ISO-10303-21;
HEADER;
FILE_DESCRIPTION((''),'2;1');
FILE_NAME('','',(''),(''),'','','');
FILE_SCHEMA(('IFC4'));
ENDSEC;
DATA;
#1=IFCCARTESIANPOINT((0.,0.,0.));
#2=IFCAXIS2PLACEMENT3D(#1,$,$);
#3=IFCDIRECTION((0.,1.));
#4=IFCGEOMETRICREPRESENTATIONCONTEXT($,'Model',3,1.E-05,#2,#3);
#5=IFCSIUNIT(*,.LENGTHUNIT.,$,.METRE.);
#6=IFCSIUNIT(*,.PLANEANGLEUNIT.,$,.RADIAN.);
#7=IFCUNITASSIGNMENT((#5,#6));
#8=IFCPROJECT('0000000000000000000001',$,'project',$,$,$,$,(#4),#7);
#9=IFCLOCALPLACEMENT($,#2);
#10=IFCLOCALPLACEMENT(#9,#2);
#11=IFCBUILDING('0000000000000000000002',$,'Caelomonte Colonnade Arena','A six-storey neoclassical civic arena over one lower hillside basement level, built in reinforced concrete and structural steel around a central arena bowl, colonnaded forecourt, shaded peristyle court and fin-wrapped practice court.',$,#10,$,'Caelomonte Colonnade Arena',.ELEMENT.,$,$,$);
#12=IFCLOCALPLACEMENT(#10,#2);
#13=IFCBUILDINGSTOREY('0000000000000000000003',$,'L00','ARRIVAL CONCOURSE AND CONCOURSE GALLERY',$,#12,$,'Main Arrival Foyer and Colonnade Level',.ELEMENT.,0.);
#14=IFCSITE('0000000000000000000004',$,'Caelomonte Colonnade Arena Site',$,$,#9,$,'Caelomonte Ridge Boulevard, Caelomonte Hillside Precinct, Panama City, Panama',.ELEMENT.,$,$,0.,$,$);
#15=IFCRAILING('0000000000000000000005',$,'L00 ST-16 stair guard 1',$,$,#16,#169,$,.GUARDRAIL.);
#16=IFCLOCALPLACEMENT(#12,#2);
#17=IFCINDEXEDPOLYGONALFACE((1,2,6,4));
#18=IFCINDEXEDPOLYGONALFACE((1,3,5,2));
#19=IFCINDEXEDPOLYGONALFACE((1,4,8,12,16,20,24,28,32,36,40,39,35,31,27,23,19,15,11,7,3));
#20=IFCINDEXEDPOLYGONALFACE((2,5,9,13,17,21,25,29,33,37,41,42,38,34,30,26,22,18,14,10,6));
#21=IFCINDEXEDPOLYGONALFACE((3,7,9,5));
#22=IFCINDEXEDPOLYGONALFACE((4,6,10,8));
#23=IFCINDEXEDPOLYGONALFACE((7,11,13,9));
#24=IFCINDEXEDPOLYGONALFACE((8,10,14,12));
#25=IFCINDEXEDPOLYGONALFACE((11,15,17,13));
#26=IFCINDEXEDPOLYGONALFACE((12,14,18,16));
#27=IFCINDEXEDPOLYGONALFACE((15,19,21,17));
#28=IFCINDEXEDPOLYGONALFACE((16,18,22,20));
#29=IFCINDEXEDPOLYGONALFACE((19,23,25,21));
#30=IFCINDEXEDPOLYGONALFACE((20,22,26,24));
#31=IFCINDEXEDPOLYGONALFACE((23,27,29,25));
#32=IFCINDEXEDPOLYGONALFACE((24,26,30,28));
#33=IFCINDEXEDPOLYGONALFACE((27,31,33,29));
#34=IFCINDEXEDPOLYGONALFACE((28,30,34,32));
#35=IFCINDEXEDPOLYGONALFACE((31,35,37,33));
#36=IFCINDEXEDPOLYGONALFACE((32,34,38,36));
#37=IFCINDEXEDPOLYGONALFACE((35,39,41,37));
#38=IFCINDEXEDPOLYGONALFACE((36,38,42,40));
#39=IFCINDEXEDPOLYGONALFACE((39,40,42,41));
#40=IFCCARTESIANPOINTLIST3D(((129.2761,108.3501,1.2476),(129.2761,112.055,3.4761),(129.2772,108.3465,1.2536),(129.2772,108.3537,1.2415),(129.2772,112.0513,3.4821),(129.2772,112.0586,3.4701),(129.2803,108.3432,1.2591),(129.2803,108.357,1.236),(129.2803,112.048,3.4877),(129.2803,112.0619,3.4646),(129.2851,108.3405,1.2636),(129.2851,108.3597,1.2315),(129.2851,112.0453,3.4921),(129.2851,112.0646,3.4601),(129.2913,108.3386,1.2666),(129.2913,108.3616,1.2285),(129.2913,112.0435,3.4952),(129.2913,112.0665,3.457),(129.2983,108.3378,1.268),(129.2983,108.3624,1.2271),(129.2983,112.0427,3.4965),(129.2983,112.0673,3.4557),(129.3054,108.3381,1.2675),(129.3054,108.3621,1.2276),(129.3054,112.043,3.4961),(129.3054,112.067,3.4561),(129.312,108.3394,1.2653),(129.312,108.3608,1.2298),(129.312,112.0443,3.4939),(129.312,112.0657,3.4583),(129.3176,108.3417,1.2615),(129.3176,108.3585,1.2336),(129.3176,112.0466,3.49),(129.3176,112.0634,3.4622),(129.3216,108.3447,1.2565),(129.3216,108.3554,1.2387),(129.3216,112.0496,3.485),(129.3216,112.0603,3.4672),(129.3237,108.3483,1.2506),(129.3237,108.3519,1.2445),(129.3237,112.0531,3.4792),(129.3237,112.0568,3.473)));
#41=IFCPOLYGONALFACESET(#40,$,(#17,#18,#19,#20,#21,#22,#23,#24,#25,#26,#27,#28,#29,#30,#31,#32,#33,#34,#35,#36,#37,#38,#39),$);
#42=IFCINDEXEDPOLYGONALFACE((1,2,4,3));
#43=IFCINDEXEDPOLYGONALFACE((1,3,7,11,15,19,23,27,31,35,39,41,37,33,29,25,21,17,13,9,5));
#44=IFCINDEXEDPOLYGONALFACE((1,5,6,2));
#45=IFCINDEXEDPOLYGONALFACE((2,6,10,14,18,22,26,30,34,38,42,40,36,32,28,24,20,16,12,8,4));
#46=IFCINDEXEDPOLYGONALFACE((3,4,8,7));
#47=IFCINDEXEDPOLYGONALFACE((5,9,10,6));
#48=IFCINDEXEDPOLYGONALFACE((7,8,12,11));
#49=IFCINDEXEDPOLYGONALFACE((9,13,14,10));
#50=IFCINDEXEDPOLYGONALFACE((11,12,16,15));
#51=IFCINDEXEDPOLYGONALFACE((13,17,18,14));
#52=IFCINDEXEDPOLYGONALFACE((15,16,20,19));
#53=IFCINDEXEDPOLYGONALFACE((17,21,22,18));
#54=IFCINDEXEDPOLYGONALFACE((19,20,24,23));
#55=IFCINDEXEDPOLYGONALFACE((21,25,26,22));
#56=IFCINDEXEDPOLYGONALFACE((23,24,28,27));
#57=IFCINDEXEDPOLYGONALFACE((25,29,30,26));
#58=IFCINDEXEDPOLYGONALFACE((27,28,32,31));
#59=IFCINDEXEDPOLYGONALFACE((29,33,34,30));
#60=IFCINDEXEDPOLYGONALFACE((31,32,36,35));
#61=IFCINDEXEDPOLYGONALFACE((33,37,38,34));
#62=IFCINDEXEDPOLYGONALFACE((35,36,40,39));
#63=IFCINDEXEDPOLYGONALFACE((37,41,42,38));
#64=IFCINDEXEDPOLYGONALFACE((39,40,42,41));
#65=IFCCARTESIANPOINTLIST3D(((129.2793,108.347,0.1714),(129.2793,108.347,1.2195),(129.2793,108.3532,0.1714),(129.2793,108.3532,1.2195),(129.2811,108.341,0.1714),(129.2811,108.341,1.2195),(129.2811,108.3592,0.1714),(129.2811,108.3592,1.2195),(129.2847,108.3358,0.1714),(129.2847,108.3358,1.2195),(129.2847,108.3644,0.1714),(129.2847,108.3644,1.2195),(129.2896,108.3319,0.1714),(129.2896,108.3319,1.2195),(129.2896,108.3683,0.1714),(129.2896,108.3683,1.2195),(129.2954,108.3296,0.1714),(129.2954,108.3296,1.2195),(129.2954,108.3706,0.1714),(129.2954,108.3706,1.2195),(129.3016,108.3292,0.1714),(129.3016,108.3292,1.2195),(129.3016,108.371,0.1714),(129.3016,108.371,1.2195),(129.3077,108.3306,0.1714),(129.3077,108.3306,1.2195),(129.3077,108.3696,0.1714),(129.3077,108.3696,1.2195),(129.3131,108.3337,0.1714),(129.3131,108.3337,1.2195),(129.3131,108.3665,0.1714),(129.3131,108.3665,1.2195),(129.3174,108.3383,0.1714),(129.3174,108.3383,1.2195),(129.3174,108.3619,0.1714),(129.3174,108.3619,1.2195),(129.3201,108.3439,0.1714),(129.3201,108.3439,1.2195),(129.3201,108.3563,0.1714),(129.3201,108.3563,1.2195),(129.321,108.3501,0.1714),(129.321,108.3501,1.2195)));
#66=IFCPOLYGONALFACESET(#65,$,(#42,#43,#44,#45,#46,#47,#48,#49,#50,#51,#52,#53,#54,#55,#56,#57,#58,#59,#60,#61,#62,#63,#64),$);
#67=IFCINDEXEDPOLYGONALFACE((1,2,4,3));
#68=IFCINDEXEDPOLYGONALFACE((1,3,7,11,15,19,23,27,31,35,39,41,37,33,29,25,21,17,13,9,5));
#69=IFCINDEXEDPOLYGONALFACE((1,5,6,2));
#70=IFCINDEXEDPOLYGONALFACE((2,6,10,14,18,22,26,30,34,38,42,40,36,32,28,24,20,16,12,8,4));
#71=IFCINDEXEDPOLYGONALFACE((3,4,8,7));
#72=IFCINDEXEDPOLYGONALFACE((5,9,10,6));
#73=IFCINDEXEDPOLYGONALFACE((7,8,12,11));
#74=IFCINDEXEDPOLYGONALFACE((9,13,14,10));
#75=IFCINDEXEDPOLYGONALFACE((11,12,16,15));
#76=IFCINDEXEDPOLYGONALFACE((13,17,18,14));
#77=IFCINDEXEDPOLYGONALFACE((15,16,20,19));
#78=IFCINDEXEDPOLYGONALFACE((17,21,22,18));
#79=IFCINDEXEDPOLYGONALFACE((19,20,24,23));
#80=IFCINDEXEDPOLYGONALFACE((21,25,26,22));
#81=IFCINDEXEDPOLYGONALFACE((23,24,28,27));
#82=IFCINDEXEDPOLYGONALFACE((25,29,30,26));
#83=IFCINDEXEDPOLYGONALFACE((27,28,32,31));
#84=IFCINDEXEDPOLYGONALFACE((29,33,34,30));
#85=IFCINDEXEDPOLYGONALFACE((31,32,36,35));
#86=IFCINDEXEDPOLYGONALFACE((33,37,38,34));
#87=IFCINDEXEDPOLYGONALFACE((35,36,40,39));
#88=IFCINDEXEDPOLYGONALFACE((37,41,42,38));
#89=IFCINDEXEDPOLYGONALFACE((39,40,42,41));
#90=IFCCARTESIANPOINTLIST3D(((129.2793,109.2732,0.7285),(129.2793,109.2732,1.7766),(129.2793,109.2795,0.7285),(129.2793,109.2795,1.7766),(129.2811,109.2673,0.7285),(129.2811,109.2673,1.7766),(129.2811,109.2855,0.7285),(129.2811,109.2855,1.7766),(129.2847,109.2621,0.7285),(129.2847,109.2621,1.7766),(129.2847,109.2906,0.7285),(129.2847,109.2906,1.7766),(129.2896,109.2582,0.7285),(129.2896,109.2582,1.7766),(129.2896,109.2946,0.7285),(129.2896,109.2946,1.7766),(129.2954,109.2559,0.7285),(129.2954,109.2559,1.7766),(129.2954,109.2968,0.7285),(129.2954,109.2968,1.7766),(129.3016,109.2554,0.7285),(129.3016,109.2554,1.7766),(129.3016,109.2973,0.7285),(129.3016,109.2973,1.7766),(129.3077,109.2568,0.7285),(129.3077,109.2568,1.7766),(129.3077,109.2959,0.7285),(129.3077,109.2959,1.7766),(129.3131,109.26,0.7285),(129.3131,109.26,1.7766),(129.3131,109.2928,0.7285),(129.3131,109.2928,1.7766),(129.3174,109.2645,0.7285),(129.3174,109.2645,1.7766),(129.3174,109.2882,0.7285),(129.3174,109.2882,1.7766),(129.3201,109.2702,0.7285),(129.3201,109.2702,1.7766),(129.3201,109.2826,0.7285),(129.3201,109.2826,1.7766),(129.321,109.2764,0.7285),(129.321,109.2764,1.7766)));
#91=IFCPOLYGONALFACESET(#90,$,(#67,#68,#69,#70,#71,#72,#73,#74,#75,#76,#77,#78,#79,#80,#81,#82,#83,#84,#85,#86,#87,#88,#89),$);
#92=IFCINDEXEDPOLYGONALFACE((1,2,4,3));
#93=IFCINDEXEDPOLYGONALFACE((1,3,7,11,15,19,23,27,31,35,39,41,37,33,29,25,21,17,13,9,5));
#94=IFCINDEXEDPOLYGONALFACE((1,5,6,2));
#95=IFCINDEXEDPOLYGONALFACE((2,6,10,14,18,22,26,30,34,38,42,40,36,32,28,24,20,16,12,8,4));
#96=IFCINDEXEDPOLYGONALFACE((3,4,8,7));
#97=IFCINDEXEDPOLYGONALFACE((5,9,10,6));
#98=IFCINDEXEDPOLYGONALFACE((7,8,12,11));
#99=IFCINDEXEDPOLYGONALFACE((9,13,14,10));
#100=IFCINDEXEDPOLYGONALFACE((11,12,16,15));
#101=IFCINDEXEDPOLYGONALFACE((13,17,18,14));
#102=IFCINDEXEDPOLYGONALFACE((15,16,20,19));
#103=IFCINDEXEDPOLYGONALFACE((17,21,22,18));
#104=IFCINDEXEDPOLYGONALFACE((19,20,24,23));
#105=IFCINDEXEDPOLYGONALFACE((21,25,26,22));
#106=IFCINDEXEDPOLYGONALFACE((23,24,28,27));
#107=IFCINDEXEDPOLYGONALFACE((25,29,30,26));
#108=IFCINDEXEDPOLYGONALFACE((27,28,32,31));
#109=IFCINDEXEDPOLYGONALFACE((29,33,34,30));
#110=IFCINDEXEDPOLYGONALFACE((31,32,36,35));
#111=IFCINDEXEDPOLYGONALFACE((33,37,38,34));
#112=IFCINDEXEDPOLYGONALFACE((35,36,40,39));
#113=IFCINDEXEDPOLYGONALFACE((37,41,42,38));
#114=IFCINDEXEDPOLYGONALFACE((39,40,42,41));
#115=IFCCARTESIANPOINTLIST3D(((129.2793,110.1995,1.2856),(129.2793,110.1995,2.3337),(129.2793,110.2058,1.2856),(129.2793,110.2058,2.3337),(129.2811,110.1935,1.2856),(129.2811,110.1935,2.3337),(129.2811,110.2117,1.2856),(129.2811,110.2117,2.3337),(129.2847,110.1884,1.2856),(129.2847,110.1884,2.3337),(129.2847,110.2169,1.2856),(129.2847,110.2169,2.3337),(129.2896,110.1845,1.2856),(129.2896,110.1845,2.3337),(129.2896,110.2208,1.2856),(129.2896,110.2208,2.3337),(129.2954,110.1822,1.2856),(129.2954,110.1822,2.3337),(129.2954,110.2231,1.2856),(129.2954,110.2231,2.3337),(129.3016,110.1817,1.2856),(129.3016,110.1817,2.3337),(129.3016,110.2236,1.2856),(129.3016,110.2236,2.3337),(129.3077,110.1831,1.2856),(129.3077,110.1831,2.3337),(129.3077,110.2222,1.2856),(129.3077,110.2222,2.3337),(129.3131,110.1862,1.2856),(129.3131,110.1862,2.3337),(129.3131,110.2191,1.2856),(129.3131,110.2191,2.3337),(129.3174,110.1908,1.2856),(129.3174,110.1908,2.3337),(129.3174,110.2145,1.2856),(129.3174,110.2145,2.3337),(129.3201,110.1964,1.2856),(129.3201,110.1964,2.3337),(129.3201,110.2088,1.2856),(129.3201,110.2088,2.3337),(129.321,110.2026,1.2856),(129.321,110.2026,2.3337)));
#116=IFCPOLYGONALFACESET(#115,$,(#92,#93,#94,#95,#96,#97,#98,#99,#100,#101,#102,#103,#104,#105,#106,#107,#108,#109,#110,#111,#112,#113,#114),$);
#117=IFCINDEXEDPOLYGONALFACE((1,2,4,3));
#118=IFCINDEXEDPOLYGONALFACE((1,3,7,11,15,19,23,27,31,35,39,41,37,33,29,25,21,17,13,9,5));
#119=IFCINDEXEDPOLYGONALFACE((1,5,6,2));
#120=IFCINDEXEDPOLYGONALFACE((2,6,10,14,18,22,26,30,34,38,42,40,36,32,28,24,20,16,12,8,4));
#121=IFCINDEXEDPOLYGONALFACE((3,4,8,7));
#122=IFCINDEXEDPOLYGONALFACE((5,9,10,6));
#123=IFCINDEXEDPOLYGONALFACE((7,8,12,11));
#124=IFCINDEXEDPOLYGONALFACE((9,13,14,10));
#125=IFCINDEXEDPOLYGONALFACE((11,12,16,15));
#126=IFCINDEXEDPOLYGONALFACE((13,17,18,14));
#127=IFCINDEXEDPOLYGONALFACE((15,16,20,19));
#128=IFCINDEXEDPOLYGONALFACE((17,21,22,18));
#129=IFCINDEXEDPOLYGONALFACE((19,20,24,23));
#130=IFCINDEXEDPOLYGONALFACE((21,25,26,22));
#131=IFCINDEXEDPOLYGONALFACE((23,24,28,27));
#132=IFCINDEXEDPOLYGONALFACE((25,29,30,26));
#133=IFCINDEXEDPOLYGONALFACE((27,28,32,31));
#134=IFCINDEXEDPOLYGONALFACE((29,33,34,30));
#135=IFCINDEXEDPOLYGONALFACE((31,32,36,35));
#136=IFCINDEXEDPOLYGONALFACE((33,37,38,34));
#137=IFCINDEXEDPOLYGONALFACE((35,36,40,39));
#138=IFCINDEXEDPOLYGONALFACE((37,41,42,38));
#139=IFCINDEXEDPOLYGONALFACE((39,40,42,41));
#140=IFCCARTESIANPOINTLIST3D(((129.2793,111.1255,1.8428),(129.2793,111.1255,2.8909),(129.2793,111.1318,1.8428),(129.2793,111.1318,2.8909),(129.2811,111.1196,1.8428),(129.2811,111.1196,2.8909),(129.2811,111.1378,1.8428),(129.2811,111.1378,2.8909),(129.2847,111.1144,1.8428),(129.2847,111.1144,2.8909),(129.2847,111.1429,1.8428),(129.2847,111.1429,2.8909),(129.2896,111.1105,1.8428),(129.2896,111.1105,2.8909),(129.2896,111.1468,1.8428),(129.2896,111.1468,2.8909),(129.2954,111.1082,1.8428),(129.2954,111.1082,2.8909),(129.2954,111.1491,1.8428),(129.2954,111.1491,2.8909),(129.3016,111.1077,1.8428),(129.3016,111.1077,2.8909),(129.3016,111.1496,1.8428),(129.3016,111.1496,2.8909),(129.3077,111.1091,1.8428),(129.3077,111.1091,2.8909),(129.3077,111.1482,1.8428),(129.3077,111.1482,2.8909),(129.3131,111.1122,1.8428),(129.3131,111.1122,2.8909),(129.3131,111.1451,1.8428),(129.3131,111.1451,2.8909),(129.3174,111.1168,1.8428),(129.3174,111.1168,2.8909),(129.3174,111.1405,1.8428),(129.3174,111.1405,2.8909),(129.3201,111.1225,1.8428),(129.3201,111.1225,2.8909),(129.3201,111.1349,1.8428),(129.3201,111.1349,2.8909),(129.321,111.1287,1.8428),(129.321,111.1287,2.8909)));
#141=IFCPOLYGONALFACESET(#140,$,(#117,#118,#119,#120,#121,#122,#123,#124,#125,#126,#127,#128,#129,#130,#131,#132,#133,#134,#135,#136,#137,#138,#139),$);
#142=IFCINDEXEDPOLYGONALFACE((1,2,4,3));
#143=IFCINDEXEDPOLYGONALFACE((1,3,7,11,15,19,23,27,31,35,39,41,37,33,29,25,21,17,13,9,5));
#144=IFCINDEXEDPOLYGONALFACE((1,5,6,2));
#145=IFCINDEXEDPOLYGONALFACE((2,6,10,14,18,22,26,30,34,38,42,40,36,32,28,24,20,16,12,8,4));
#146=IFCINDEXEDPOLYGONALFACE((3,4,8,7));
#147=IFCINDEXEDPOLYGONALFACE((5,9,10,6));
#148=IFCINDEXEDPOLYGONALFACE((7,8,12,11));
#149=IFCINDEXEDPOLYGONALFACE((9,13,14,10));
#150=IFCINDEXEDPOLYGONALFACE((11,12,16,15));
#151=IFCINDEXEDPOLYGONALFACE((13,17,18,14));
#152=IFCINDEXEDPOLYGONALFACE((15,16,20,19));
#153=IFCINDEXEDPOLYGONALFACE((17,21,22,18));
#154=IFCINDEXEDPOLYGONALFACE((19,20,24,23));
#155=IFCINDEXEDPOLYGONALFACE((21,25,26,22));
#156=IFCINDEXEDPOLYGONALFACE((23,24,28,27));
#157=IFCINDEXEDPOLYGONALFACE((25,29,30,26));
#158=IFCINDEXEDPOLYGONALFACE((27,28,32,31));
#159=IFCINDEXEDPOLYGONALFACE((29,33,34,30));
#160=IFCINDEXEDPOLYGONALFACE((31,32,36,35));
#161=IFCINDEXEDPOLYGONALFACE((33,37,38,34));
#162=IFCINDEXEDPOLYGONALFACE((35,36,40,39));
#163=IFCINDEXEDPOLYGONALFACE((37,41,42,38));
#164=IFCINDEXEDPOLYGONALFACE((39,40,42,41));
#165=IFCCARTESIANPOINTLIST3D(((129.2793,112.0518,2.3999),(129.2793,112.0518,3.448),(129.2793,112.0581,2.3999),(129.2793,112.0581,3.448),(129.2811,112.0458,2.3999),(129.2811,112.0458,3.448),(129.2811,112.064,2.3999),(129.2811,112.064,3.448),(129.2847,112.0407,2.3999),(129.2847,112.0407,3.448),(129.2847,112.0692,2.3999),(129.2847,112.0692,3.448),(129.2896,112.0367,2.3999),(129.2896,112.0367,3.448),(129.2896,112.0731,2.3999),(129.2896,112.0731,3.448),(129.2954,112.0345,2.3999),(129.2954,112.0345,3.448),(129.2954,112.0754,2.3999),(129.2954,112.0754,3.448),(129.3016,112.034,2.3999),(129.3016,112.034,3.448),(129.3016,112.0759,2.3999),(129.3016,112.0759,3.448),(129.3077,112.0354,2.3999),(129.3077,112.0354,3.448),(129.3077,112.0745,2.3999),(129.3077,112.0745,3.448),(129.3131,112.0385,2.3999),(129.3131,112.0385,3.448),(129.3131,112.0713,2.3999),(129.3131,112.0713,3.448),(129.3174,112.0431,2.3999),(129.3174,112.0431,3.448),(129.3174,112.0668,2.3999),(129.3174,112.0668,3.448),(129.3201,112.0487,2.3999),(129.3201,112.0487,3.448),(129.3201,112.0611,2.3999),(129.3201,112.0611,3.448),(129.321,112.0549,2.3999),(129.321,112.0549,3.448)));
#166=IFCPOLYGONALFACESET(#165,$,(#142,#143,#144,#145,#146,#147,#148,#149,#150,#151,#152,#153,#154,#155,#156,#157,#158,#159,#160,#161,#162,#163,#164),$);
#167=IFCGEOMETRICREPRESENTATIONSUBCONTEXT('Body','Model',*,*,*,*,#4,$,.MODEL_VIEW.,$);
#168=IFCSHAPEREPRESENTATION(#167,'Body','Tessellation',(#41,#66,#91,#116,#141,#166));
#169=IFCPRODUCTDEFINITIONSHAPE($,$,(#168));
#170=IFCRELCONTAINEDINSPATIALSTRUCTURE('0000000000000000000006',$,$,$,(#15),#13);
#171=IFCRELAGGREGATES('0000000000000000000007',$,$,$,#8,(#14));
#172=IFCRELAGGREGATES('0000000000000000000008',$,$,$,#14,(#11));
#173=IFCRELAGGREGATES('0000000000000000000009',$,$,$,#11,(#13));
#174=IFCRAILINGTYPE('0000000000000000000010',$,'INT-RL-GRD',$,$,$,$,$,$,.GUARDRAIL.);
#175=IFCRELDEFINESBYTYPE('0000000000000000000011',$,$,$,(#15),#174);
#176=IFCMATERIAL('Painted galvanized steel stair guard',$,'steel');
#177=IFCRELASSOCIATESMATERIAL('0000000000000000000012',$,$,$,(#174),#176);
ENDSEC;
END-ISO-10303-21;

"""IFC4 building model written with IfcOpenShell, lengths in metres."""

from ifc_helpers import new_model, si_unit, direction, frame, origin, origin_2d, place, context, subcontext, project, spatial, circle, extrude, material, type_object, element, save


model = new_model("IFC4")

# Units and contexts
model_context = context("Model", 3, precision=1e-05, world=origin(), true_north=direction((0.0, 1.0)))
body_context = subcontext(model_context, "Body", "Model", "MODEL_VIEW")
ifc_project = project(units=[si_unit("LENGTHUNIT", "METRE"), si_unit("PLANEANGLEUNIT", "RADIAN")], contexts=[model_context])

# Site, building, storey
site_placement = place(None, origin())
site = spatial("IfcSite", under=ifc_project, at=site_placement, Name="Caelomonte Colonnade Arena Site", LongName="Caelomonte Ridge Boulevard, Caelomonte Hillside Precinct, Panama City, Panama", CompositionType="ELEMENT", RefElevation=0.0)
building_placement = place(site_placement, origin())
building = spatial("IfcBuilding", under=site, at=building_placement, Name="Caelomonte Colonnade Arena", Description="A six-storey neoclassical civic arena over one lower hillside basement level, built in reinforced concrete and structural steel around a central arena bowl, colonnaded forecourt, shaded peristyle court and fin-wrapped practice court.", LongName="Caelomonte Colonnade Arena", CompositionType="ELEMENT")
storey_placement = place(building_placement, origin())
storey = spatial("IfcBuildingStorey", under=building, at=storey_placement, Name="L00", Description="ARRIVAL CONCOURSE AND CONCOURSE GALLERY", LongName="Main Arrival Foyer and Colonnade Level", CompositionType="ELEMENT", Elevation=0.0)

# Railing
ifc_material_1 = material(Name="Painted galvanized steel stair guard", Category="steel")
railing_type_1 = type_object("IfcRailingType", Name="INT-RL-GRD", PredefinedType="GUARDRAIL", material=ifc_material_1)
railing_1_placement = place(storey_placement, frame((129.3, 108.3501, 0.1714)))
element("IfcRailing", 1, at=railing_1_placement, inside=storey, type_object=railing_type_1, Name="L00 ST-16 stair guard 1", PredefinedType="GUARDRAIL", context=body_context, shape_type="SweptSolid", body=[
    extrude(circle(Radius=0.0239, at=origin_2d()), frame((0.0, 0.0, 1.0762), z_axis=(0.0, 0.856919, 0.51545), x_axis=(-1.0, 0.0, 0.0)), (0.0, 0.0, 1.0), 4.3235),
    extrude(circle(Radius=0.021, at=origin_2d()), origin(), (0.0, 0.0, 1.0), 1.0481),
    extrude(circle(Radius=0.021, at=origin_2d()), frame((0.0, 0.9263, 0.5571)), (0.0, 0.0, 1.0), 1.0481),
    extrude(circle(Radius=0.021, at=origin_2d()), frame((0.0, 1.8525, 1.1143)), (0.0, 0.0, 1.0), 1.0481),
    extrude(circle(Radius=0.021, at=origin_2d()), frame((0.0, 2.7786, 1.6714)), (0.0, 0.0, 1.0), 1.0481),
    extrude(circle(Radius=0.021, at=origin_2d()), frame((0.0, 3.7048, 2.2285)), (0.0, 0.0, 1.0), 1.0481),
])

save(model, "model.ifc")
